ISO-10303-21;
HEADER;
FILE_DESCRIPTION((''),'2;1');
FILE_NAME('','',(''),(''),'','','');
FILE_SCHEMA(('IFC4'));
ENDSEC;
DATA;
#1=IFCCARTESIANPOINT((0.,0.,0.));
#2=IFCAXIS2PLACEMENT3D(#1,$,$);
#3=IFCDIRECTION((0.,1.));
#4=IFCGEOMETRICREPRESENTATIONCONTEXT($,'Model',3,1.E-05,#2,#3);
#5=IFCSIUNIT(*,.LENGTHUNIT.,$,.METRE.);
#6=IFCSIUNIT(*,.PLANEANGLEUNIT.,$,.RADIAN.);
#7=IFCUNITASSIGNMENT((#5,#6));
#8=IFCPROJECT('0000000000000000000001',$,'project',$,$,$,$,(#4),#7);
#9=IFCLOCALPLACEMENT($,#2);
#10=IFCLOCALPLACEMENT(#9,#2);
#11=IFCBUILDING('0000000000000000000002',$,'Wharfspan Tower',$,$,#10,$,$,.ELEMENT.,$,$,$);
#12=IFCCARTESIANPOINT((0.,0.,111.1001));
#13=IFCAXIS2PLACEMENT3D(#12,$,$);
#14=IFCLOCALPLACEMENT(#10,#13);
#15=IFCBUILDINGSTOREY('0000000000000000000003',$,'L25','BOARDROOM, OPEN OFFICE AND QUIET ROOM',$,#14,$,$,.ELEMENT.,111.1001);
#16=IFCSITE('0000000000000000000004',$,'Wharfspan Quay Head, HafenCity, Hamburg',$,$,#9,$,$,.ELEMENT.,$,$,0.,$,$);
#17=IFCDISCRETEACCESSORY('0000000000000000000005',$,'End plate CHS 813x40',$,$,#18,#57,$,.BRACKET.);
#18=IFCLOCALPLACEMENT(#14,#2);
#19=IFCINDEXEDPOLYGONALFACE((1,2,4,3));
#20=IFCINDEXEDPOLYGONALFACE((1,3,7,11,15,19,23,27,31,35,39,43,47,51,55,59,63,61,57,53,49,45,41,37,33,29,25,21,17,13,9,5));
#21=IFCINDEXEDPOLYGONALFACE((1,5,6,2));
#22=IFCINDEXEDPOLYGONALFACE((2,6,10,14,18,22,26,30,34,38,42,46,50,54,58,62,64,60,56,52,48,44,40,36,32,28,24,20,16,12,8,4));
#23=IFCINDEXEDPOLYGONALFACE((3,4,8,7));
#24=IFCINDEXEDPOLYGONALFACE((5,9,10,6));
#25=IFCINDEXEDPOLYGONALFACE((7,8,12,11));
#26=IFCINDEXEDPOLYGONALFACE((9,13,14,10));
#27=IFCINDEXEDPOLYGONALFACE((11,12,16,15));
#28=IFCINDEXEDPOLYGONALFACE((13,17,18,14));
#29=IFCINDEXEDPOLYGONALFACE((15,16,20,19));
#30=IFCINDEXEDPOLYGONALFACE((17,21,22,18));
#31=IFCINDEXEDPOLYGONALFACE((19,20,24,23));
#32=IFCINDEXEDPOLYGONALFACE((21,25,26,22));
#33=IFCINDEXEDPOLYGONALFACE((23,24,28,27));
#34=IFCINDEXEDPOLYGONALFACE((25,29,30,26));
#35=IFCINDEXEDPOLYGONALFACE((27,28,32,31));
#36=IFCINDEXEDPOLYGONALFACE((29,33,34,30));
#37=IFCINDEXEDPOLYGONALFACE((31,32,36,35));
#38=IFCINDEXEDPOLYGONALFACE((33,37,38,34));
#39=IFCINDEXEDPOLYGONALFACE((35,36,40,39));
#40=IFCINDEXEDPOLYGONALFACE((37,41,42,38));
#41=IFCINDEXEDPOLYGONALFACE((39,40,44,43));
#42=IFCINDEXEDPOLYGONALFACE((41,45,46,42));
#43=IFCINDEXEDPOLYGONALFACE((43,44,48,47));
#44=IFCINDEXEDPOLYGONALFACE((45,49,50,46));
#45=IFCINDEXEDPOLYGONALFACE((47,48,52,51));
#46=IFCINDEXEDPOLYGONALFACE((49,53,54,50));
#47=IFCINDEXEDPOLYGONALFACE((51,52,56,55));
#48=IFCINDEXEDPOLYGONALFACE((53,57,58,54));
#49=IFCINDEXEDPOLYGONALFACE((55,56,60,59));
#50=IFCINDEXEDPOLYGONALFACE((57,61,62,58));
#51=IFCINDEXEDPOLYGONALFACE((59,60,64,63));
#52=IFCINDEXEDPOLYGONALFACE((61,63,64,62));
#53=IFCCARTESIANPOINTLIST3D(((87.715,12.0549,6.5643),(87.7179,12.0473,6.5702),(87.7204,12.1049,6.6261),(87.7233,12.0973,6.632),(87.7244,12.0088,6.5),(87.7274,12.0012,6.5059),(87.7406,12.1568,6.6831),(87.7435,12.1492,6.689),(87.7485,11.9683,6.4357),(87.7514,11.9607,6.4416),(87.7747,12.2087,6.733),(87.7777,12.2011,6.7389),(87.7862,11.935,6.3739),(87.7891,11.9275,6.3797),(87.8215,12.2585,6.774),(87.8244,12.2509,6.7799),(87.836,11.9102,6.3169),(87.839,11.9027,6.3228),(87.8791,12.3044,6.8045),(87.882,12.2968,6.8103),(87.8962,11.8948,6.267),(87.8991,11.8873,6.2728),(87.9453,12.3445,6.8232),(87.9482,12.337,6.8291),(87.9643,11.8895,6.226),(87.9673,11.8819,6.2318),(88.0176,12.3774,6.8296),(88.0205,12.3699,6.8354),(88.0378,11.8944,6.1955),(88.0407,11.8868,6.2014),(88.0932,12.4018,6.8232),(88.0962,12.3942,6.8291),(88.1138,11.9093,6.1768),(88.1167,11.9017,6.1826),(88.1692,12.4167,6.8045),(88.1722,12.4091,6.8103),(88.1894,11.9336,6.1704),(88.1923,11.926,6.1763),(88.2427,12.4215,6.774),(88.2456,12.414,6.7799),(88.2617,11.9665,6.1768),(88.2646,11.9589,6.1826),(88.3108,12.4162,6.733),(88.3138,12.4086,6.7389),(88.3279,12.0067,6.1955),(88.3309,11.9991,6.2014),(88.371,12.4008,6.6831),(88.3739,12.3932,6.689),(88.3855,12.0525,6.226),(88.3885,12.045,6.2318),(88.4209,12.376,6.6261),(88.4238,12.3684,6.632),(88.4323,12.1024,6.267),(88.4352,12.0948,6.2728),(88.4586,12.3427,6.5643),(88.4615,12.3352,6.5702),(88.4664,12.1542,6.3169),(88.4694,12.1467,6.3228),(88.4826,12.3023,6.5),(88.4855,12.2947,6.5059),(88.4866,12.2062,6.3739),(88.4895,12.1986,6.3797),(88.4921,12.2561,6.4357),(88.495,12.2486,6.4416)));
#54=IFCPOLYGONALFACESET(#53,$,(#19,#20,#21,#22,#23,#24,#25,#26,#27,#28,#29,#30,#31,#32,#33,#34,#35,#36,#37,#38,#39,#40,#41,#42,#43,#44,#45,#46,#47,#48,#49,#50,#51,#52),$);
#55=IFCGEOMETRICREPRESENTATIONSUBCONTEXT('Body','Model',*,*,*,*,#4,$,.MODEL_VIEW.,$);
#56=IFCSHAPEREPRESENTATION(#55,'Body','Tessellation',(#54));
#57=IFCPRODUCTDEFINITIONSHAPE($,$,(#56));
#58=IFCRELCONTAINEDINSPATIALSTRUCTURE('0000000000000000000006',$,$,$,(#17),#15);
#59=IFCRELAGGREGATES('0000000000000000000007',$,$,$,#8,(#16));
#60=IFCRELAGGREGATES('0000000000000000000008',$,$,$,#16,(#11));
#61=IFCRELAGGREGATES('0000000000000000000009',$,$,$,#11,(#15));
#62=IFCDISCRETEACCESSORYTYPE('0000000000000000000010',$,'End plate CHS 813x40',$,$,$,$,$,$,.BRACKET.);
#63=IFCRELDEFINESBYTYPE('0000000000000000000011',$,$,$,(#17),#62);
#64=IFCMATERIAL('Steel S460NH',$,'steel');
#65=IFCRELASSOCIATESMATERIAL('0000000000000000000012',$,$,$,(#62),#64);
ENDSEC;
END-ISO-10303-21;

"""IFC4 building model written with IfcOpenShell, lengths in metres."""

from ifc_helpers import new_model, si_unit, direction, frame, origin, origin_2d, place, context, subcontext, project, spatial, circle, extrude, material, material_profile, profile_set, type_object, element, save


model = new_model("IFC4")

# Units and contexts
model_context = context("Model", 3, precision=1e-05, world=origin(), true_north=direction((0.0, 1.0)))
body_context = subcontext(model_context, "Body", "Model", "MODEL_VIEW")
ifc_project = project(units=[si_unit("LENGTHUNIT", "METRE"), si_unit("PLANEANGLEUNIT", "RADIAN")], contexts=[model_context])

# Site, building, storey
site_placement = place(None, origin())
site = spatial("IfcSite", under=ifc_project, at=site_placement, Name="Wharfspan Quay Head, HafenCity, Hamburg", CompositionType="ELEMENT", RefElevation=0.0)
building_placement = place(site_placement, origin())
building = spatial("IfcBuilding", under=site, at=building_placement, Name="Wharfspan Tower", CompositionType="ELEMENT")
storey_placement = place(building_placement, frame((0.0, 0.0, 111.1001)))
storey = spatial("IfcBuildingStorey", under=building, at=storey_placement, Name="L25", Description="BOARDROOM, OPEN OFFICE AND QUIET ROOM", CompositionType="ELEMENT", Elevation=111.1001)

# Discrete accessory
ifc_material_1 = material(Name="Steel S460NH", Category="steel")
ifc_material_profile_1 = material_profile(ifc_material_1, circle(Radius=0.4065, at=origin_2d()))
ifc_profile_set_1 = profile_set([ifc_material_profile_1], Name="Steel S460NH")
discrete_accessory_type = type_object("IfcDiscreteAccessoryType", Name="End plate CHS 813x40", PredefinedType="BRACKET", material=ifc_profile_set_1)
for number, where, z_axis, x_axis, name in (
    (1, (88.1035, 12.1555, 6.5), (0.292683, -0.756098, 0.585366), (0.932565, 0.360992, -0.000001), "End plate CHS 813x40"),
):
    element("IfcDiscreteAccessory", number, at=place(storey_placement, frame(where, z_axis=z_axis, x_axis=x_axis)), inside=storey, type_object=discrete_accessory_type, Name=name, PredefinedType="BRACKET", context=body_context, shape_type="SweptSolid", body=[
        extrude(circle(Radius=0.4065, at=origin_2d()), origin(), (0.0, 0.0, 1.0), 0.01),
    ])

save(model, "model.ifc")
